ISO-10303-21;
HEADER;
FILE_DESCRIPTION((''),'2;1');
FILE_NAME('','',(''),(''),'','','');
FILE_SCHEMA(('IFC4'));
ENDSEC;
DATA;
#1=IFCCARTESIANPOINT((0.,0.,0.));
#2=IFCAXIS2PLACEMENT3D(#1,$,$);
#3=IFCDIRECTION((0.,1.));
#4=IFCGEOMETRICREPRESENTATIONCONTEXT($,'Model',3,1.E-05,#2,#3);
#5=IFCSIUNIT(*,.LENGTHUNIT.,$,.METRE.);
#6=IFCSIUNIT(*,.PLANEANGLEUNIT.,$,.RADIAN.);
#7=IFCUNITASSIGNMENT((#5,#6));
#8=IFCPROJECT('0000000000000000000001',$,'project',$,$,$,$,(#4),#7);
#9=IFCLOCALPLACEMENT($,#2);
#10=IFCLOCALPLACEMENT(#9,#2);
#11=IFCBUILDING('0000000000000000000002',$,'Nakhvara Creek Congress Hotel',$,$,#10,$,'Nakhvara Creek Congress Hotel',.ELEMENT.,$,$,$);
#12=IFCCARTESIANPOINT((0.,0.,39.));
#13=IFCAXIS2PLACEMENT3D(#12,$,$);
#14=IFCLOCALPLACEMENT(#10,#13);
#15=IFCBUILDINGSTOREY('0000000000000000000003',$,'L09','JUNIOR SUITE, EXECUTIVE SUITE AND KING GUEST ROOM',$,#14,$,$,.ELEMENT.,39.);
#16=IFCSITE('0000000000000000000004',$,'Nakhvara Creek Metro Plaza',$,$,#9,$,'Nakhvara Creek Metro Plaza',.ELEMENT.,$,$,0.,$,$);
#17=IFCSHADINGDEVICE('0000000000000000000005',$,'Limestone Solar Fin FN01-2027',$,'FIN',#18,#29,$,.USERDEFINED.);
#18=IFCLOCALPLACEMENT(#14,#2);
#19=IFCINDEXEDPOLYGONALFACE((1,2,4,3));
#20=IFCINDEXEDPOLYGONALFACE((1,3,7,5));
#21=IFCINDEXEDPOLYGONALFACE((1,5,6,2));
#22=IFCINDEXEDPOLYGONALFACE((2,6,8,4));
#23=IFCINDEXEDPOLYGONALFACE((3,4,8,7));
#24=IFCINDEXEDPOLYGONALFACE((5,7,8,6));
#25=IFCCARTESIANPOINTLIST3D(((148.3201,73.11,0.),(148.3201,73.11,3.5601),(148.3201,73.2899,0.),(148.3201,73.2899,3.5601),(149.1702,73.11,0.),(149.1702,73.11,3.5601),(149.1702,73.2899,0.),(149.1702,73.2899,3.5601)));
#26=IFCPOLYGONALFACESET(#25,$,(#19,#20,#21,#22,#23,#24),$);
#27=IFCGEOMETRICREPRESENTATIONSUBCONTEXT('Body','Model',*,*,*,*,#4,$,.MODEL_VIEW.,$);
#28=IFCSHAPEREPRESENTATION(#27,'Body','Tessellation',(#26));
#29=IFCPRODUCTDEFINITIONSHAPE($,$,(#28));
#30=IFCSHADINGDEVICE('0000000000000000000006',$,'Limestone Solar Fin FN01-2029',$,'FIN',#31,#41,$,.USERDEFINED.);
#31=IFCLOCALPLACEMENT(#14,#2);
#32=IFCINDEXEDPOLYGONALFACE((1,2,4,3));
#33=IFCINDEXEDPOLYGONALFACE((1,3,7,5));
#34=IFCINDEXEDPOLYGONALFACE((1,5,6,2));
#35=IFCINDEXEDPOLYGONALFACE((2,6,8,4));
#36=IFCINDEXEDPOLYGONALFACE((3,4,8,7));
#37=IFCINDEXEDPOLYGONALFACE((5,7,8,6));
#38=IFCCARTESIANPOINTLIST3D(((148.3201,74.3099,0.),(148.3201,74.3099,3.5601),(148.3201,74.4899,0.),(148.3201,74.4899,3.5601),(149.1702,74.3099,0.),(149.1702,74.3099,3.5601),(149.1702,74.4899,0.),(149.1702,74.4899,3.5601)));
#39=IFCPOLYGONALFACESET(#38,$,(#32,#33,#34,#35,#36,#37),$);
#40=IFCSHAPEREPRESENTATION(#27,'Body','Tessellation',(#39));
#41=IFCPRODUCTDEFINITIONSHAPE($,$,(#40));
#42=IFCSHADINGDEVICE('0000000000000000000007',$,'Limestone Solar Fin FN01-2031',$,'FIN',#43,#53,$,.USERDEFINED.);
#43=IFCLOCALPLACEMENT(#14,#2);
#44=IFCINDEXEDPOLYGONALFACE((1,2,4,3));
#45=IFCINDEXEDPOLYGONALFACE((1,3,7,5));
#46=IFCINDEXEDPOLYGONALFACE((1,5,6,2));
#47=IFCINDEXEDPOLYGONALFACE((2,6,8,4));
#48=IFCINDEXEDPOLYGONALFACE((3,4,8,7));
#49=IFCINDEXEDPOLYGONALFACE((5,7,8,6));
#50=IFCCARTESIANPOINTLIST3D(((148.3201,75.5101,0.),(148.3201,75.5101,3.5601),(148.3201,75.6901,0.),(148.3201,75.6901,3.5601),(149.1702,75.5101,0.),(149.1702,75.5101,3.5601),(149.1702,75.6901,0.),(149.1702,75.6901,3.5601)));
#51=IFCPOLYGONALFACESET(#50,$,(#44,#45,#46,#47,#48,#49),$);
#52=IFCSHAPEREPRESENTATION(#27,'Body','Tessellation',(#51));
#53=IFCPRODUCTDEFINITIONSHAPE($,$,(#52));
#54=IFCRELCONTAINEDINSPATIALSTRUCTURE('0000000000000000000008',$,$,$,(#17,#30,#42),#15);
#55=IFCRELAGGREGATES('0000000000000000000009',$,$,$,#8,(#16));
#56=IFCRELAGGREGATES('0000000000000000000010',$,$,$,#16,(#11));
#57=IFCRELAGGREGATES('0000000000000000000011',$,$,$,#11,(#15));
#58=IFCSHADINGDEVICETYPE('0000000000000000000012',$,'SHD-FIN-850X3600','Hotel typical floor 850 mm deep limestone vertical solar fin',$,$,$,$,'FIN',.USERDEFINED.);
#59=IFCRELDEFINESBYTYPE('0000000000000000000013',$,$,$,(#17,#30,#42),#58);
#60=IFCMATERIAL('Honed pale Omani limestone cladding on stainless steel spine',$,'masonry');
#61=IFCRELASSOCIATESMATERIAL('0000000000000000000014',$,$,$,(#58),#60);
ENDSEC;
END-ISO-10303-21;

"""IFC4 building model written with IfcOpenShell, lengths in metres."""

from ifc_helpers import new_model, si_unit, direction, frame, origin, origin_2d, place, context, subcontext, project, spatial, rectangle, extrude, material, type_object, element, save


model = new_model("IFC4")

# Units and contexts
model_context = context("Model", 3, precision=1e-05, world=origin(), true_north=direction((0.0, 1.0)))
body_context = subcontext(model_context, "Body", "Model", "MODEL_VIEW")
ifc_project = project(units=[si_unit("LENGTHUNIT", "METRE"), si_unit("PLANEANGLEUNIT", "RADIAN")], contexts=[model_context])

# Site, building, storey
site_placement = place(None, origin())
site = spatial("IfcSite", under=ifc_project, at=site_placement, Name="Nakhvara Creek Metro Plaza", LongName="Nakhvara Creek Metro Plaza", CompositionType="ELEMENT", RefElevation=0.0)
building_placement = place(site_placement, origin())
building = spatial("IfcBuilding", under=site, at=building_placement, Name="Nakhvara Creek Congress Hotel", LongName="Nakhvara Creek Congress Hotel", CompositionType="ELEMENT")
storey_placement = place(building_placement, frame((0.0, 0.0, 39.0)))
storey = spatial("IfcBuildingStorey", under=building, at=storey_placement, Name="L09", Description="JUNIOR SUITE, EXECUTIVE SUITE AND KING GUEST ROOM", CompositionType="ELEMENT", Elevation=39.0)

# Shading devices
ifc_material_1 = material(Name="Honed pale Omani limestone cladding on stainless steel spine", Category="masonry")
shading_device_type = type_object("IfcShadingDeviceType", Name="SHD-FIN-850X3600", Description="Hotel typical floor 850 mm deep limestone vertical solar fin", ElementType="FIN", PredefinedType="USERDEFINED", material=ifc_material_1)
for number, where, z_axis, x_axis, name in (
    (1, (148.7451, 73.2, 0.0), (0.0, 0.0, 1.0), (0.0, 1.0, 0.0), "Limestone Solar Fin FN01-2027"),
    (2, (148.7451, 74.3999, 0.0), (0.0, 0.0, 1.0), (0.0, 1.0, 0.0), "Limestone Solar Fin FN01-2029"),
    (3, (148.7451, 75.6001, 0.0), (0.0, 0.0, 1.0), (0.0, 1.0, 0.0), "Limestone Solar Fin FN01-2031"),
):
    element("IfcShadingDevice", number, at=place(storey_placement, frame(where, z_axis=z_axis, x_axis=x_axis)), inside=storey, type_object=shading_device_type, Name=name, ObjectType="FIN", PredefinedType="USERDEFINED", context=body_context, shape_type="SweptSolid", body=[
        extrude(rectangle(XDim=0.1799, YDim=0.8501, at=origin_2d()), origin(), (0.0, 0.0, 1.0), 3.5601),
    ])

save(model, "model.ifc")
